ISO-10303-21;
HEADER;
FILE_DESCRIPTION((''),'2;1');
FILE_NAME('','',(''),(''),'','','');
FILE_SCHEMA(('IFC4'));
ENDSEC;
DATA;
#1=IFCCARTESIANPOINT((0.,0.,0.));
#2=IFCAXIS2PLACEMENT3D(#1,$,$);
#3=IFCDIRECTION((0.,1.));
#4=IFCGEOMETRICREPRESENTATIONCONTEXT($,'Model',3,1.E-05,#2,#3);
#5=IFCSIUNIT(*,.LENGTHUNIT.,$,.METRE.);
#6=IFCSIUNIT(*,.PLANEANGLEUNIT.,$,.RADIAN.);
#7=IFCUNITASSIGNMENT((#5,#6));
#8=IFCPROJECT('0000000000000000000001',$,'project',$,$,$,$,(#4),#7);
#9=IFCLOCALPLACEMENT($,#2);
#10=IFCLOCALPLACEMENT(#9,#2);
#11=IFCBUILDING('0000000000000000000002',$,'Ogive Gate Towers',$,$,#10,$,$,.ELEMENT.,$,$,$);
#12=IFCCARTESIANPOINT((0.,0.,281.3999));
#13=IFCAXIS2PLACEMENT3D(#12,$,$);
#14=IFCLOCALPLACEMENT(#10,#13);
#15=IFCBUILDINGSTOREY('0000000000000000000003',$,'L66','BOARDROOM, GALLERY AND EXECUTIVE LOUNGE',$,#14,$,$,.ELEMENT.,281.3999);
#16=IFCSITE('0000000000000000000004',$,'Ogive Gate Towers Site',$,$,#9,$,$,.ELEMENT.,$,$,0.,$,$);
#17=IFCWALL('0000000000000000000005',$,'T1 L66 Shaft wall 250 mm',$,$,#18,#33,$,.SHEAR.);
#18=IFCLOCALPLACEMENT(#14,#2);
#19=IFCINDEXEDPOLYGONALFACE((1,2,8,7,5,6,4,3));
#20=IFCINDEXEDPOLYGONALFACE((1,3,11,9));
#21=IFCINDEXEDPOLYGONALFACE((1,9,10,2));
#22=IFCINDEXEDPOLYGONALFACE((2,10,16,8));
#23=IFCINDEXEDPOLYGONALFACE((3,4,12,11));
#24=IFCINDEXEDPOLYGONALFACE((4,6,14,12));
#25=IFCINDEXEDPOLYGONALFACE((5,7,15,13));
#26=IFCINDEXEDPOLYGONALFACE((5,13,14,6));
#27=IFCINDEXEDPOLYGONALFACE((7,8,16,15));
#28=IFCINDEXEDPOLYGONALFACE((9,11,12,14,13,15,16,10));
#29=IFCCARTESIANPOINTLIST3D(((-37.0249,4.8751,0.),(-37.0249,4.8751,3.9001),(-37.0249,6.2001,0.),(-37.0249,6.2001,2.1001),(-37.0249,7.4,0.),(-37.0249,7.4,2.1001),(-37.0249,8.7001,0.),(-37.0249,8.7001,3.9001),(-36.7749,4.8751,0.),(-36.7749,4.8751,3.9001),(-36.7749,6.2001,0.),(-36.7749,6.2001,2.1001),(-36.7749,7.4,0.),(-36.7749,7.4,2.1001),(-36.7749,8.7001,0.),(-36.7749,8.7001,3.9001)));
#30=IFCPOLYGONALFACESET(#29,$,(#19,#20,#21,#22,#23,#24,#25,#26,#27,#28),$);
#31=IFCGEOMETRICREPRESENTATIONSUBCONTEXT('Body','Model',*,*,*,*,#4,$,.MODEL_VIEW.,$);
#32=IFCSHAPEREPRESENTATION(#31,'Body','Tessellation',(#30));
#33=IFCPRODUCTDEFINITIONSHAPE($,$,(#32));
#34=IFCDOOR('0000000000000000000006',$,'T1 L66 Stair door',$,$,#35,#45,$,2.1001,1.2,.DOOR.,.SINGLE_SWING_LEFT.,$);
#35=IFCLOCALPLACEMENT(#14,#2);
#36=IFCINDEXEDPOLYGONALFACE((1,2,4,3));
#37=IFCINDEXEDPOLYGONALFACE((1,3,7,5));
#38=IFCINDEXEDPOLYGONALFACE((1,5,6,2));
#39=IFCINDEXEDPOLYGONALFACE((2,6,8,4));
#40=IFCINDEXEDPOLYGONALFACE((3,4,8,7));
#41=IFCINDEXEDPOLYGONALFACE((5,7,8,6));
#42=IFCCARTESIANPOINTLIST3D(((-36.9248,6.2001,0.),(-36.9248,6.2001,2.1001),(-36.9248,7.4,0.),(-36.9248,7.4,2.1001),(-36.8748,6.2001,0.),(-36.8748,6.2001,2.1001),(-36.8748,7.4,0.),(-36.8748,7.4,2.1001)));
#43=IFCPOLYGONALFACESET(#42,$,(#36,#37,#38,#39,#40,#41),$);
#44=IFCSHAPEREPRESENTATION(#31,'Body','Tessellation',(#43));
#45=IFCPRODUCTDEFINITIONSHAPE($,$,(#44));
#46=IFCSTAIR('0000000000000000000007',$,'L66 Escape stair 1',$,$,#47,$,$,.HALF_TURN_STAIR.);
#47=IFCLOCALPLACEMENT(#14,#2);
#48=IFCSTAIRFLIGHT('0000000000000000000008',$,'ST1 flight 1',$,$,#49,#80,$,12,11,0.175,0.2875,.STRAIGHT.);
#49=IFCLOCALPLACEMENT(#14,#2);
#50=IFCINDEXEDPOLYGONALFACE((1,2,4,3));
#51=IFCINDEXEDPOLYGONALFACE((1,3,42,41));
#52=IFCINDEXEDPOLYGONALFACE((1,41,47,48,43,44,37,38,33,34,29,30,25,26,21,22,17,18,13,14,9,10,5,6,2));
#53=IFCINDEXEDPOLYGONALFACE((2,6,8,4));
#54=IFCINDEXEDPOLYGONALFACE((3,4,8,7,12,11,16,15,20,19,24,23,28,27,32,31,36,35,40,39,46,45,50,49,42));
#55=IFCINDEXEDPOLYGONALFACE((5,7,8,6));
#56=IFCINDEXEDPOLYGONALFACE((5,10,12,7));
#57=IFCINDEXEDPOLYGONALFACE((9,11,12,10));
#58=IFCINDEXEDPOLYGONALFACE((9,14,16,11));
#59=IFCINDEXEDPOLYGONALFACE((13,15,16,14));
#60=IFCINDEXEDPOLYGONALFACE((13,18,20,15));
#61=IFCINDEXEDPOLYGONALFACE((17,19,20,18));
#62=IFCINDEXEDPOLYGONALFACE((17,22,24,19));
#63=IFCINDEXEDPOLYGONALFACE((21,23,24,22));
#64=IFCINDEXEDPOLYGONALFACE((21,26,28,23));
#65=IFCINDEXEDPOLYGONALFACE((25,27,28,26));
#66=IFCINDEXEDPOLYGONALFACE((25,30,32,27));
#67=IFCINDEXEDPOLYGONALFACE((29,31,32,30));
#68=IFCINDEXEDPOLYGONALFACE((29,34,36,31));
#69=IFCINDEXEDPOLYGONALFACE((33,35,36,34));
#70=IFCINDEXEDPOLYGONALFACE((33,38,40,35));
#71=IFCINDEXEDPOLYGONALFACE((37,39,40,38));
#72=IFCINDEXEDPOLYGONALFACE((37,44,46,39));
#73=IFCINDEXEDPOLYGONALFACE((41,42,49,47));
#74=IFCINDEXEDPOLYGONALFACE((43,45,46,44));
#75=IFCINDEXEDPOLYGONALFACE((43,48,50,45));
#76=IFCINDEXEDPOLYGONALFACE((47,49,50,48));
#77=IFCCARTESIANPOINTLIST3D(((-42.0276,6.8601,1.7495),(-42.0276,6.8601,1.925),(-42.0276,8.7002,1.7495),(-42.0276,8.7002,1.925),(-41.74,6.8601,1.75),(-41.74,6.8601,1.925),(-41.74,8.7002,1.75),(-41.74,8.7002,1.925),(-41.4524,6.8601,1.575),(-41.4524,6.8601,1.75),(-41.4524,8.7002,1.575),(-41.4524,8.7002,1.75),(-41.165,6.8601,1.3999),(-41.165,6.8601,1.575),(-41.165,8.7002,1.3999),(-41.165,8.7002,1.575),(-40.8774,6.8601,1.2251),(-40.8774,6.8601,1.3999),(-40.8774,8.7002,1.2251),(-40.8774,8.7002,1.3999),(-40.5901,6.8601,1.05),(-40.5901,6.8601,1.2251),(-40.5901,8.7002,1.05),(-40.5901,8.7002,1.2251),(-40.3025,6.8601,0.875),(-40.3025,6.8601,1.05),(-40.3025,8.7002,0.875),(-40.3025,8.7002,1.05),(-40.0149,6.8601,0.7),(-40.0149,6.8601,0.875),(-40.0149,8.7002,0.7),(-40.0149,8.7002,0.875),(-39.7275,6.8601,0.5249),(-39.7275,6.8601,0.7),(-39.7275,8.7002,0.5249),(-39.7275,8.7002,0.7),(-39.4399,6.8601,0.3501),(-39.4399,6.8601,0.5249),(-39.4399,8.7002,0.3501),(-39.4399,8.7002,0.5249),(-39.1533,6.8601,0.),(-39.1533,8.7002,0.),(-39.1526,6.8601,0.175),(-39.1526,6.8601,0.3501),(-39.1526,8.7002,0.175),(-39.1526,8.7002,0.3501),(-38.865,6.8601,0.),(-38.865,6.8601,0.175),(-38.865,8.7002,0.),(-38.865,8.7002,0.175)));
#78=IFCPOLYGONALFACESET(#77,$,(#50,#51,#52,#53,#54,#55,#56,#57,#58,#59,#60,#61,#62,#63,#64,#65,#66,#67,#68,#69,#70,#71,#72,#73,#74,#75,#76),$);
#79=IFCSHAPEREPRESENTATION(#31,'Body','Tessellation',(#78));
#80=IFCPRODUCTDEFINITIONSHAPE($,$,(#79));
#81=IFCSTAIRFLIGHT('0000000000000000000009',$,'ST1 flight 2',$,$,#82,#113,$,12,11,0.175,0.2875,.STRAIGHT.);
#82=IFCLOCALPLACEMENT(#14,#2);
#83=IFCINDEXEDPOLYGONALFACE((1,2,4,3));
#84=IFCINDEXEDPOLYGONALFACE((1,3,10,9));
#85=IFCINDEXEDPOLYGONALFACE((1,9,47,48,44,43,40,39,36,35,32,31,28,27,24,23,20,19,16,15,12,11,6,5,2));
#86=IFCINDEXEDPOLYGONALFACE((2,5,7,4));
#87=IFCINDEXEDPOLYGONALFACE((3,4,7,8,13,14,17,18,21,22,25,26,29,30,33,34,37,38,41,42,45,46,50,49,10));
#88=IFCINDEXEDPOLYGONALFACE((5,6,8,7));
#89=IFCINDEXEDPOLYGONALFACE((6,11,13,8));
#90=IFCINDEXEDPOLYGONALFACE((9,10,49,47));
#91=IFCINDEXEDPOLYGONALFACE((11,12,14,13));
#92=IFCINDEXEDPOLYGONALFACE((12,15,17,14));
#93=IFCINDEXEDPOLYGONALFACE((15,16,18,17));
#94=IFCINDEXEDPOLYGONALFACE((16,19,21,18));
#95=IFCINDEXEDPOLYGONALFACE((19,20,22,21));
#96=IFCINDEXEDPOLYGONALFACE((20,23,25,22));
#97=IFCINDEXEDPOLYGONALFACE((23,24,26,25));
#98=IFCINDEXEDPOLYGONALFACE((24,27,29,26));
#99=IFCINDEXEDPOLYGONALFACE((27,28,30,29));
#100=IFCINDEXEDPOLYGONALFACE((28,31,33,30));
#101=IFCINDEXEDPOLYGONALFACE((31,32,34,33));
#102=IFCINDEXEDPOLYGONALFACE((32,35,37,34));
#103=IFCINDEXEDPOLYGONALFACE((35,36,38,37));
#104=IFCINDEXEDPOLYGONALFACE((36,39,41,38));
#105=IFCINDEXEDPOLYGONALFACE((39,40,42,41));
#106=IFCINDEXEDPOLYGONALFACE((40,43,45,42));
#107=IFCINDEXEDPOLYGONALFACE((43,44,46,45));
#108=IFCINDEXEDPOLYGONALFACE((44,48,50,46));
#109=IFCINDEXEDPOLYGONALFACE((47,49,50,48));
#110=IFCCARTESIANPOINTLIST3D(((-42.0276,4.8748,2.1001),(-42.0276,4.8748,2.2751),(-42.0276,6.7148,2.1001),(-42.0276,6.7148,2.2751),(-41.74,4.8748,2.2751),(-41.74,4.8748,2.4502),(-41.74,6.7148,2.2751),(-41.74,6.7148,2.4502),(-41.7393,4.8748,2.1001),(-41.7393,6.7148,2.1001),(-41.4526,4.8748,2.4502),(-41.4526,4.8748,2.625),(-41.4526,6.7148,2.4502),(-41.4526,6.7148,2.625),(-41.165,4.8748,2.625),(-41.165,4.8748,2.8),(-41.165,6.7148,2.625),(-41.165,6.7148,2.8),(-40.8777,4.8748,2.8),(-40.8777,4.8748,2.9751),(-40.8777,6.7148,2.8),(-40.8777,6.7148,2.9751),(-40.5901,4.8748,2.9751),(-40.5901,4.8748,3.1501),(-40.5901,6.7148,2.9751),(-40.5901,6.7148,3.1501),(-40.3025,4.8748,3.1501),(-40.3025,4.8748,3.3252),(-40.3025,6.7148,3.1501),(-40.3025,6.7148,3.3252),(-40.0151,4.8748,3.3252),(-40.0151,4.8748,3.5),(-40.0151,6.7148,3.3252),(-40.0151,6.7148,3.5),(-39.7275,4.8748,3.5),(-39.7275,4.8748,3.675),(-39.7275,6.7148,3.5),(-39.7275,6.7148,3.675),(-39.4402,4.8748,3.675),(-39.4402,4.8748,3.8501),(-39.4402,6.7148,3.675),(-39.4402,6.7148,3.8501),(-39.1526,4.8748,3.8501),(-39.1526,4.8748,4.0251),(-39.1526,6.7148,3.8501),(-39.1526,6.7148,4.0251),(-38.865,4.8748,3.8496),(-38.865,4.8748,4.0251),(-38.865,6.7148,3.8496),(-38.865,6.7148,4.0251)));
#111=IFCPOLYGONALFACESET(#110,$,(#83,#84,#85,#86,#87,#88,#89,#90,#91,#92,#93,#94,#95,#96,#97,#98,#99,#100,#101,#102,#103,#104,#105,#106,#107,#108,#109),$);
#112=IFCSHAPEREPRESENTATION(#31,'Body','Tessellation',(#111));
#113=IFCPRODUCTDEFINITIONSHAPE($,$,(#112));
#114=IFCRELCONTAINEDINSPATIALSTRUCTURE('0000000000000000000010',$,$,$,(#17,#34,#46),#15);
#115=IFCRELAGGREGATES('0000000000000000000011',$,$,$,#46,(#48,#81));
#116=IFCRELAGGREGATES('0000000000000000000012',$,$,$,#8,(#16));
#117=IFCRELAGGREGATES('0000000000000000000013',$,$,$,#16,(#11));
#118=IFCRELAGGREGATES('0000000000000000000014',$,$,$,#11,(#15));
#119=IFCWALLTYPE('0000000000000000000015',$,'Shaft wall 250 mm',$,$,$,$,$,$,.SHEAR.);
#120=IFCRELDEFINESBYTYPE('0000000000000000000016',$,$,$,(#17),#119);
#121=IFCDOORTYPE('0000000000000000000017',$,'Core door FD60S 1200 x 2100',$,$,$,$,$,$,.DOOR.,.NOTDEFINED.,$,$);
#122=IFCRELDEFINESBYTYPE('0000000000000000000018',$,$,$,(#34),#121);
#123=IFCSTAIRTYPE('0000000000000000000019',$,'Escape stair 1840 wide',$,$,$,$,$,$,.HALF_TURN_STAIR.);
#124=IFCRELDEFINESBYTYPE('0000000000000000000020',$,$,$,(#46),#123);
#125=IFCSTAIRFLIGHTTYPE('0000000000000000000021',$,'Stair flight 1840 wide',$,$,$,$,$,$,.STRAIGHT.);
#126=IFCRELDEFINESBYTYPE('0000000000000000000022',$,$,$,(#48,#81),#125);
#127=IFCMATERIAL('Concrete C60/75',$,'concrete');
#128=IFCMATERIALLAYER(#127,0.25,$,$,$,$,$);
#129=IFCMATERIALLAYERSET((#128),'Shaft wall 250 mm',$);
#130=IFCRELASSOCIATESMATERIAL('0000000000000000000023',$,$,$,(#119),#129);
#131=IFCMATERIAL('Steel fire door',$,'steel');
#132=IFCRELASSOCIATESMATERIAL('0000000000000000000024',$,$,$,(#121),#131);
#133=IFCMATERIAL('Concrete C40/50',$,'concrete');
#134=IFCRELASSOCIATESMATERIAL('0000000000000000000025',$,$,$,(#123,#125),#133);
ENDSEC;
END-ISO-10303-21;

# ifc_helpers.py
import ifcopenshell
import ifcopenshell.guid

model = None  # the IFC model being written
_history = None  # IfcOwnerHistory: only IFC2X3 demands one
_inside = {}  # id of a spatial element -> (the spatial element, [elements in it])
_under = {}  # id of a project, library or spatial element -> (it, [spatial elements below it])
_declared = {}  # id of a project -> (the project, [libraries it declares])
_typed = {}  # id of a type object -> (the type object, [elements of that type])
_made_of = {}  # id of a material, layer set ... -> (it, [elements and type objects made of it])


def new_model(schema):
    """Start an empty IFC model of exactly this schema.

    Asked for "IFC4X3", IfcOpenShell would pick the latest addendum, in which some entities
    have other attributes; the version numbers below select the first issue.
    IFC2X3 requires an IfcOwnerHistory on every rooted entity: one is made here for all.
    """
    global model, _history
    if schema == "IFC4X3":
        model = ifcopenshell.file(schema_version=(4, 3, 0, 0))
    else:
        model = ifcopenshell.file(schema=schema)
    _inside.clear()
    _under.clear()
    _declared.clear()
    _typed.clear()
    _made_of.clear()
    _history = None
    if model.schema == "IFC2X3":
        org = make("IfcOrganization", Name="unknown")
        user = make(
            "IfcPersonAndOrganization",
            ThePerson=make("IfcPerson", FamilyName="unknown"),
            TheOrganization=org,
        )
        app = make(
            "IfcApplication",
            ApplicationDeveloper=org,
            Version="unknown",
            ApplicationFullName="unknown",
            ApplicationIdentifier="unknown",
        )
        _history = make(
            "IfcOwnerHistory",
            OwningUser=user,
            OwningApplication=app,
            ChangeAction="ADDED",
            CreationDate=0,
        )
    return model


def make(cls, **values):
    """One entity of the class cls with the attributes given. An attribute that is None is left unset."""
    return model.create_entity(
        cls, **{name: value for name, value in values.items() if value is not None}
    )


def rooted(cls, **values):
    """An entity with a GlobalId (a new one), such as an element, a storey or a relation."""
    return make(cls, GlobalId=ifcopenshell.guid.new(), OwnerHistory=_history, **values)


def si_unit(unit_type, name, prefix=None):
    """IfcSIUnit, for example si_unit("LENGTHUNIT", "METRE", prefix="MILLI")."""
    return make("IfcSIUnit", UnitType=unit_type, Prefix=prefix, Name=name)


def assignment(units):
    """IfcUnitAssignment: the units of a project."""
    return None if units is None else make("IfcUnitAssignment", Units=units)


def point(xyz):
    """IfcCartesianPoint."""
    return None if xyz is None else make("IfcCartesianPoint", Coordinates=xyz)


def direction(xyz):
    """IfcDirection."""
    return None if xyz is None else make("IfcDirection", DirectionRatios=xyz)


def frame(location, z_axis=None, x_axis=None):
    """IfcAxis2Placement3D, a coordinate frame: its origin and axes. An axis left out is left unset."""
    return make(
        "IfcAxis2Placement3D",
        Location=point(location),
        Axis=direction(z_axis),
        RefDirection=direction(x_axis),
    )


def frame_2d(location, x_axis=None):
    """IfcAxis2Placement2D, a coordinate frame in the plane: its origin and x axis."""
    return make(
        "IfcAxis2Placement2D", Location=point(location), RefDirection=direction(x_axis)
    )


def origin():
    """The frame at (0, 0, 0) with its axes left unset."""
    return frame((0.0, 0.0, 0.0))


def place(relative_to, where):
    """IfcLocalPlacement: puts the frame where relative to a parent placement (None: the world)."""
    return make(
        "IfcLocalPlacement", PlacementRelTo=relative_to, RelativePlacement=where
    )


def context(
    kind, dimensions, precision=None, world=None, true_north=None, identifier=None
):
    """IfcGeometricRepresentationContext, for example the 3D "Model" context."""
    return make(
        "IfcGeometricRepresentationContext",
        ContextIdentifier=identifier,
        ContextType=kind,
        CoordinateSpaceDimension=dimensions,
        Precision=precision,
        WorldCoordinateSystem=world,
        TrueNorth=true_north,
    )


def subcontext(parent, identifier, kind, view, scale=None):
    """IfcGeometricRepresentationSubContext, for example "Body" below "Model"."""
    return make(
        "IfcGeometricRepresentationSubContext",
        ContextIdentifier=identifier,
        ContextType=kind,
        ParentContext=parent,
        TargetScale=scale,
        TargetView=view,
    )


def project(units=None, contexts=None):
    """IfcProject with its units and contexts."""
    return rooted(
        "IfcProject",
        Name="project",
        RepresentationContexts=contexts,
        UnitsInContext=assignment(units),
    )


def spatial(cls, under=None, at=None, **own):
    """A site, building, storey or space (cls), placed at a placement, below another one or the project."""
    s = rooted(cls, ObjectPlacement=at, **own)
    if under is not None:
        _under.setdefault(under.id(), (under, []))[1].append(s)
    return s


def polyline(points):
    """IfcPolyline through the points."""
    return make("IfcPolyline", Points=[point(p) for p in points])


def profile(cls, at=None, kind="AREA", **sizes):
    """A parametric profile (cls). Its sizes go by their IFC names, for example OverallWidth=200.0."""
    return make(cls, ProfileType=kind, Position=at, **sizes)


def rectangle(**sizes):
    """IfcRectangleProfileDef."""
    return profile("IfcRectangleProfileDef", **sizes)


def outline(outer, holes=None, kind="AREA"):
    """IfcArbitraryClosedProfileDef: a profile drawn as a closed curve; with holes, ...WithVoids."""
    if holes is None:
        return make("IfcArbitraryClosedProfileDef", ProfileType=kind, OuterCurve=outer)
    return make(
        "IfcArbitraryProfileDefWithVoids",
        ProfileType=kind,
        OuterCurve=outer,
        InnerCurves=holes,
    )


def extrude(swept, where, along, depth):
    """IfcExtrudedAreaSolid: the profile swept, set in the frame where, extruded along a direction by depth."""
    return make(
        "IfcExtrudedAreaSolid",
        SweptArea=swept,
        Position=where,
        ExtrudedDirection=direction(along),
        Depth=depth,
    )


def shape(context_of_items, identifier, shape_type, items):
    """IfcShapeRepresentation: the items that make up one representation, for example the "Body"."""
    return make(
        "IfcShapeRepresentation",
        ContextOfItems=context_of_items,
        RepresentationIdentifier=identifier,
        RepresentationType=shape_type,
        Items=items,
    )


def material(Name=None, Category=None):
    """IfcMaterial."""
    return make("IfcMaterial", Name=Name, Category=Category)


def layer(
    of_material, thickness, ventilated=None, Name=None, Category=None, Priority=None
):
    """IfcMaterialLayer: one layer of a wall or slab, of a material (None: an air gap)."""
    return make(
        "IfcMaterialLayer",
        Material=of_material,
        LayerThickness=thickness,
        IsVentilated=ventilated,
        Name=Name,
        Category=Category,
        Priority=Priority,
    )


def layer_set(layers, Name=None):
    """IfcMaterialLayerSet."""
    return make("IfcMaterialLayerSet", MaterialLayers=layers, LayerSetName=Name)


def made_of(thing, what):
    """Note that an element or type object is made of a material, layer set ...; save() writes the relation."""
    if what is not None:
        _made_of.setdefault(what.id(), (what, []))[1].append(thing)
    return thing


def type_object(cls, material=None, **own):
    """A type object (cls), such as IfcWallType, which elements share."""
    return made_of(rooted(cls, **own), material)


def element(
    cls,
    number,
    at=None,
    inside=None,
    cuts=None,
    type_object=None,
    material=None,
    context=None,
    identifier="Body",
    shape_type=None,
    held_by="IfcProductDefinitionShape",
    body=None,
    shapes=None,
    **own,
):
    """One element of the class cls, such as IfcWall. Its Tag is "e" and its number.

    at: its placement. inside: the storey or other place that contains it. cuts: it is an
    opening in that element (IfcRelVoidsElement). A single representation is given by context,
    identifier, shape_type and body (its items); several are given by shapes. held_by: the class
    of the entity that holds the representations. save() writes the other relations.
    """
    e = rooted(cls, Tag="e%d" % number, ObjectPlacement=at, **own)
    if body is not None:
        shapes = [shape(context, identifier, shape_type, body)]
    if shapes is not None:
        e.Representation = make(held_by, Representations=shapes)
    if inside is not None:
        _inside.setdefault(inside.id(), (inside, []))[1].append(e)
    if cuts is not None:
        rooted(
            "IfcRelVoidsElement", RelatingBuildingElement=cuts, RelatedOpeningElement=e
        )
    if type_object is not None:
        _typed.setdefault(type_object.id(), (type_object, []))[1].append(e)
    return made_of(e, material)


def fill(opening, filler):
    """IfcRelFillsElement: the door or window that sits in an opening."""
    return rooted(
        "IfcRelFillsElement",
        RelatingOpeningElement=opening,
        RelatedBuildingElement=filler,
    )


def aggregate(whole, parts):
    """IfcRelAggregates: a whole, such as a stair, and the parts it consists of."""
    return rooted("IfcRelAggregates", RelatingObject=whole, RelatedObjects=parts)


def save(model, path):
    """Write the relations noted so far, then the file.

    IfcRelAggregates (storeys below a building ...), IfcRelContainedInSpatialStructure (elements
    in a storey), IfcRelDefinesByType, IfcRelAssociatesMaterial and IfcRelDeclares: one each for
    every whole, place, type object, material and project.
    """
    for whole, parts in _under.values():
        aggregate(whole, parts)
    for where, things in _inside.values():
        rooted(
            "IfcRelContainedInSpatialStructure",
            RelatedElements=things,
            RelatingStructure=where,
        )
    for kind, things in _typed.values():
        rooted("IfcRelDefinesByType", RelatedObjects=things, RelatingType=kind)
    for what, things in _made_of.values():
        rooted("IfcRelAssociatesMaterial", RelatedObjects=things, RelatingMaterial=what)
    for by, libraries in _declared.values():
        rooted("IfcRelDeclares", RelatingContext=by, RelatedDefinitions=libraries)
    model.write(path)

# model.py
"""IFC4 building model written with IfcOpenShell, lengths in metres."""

from ifc_helpers import new_model, si_unit, direction, frame, frame_2d, origin, place, context, subcontext, project, spatial, polyline, rectangle, outline, extrude, material, layer, layer_set, type_object, element, fill, aggregate, save


model = new_model("IFC4")

# Units and contexts
model_context = context("Model", 3, precision=1e-05, world=origin(), true_north=direction((0.0, 1.0)))
body_context = subcontext(model_context, "Body", "Model", "MODEL_VIEW")
ifc_project = project(units=[si_unit("LENGTHUNIT", "METRE"), si_unit("PLANEANGLEUNIT", "RADIAN")], contexts=[model_context])

# Site, building, storey
site_placement = place(None, origin())
site = spatial("IfcSite", under=ifc_project, at=site_placement, Name="Ogive Gate Towers Site", CompositionType="ELEMENT", RefElevation=0.0)
building_placement = place(site_placement, origin())
building = spatial("IfcBuilding", under=site, at=building_placement, Name="Ogive Gate Towers", CompositionType="ELEMENT")
storey_placement = place(building_placement, frame((0.0, 0.0, 281.3999)))
storey = spatial("IfcBuildingStorey", under=building, at=storey_placement, Name="L66", Description="BOARDROOM, GALLERY AND EXECUTIVE LOUNGE", CompositionType="ELEMENT", Elevation=281.3999)

# Shared definitions
ifc_material_1 = material(Name="Concrete C60/75", Category="concrete")
ifc_layer_1 = layer(ifc_material_1, 0.25)
ifc_layer_set_1 = layer_set([ifc_layer_1], Name="Shaft wall 250 mm")
wall_type_1 = type_object("IfcWallType", Name="Shaft wall 250 mm", PredefinedType="SHEAR", material=ifc_layer_set_1)

# Wall, opening, door
wall_1_placement = place(storey_placement, frame((-36.8999, 4.875, 0.0), z_axis=(0.0, 0.0, 1.0), x_axis=(0.0, 1.0, 0.0)))
wall_1 = element("IfcWall", 1, at=wall_1_placement, inside=storey, type_object=wall_type_1, Name="T1 L66 Shaft wall 250 mm", PredefinedType="SHEAR", context=body_context, shape_type="SweptSolid", body=[
    extrude(rectangle(XDim=3.825, YDim=0.25, at=frame_2d((1.9126, 0.0))), origin(), (0.0, 0.0, 1.0), 3.9001),
])
opening_1_placement = place(wall_1_placement, frame((1.325, 0.0, 0.0)))
opening_1 = element("IfcOpeningElement", 2, at=opening_1_placement, cuts=wall_1, PredefinedType="OPENING", context=body_context, shape_type="SweptSolid", body=[
    extrude(rectangle(XDim=1.2, YDim=2.1001, at=frame_2d((0.6001, 1.05))), frame((0.0, 0.135, 0.0), z_axis=(0.0, -1.0, 0.0), x_axis=(1.0, 0.0, 0.0)), (0.0, 0.0, 1.0), 0.27),
])
ifc_material_2 = material(Name="Steel fire door", Category="steel")
door_type_1 = type_object("IfcDoorType", Name="Core door FD60S 1200 x 2100", OperationType="NOTDEFINED", PredefinedType="DOOR", material=ifc_material_2)
door_1_placement = place(opening_1_placement, origin())
door_1 = element("IfcDoor", 3, at=door_1_placement, inside=storey, type_object=door_type_1, Name="T1 L66 Stair door", OperationType="SINGLE_SWING_LEFT", OverallHeight=2.1001, OverallWidth=1.2, PredefinedType="DOOR", context=body_context, shape_type="SweptSolid", body=[
    extrude(rectangle(XDim=1.2, YDim=2.1001, at=frame_2d((0.6001, 1.05))), frame((0.0, 0.0249, 0.0), z_axis=(0.0, -1.0, 0.0), x_axis=(1.0, 0.0, 0.0)), (0.0, 0.0, 1.0), 0.05),
])
fill(opening_1, door_1)

# Stair, stair flights
ifc_material_3 = material(Name="Concrete C40/50", Category="concrete")
stair_type = type_object("IfcStairType", Name="Escape stair 1840 wide", PredefinedType="HALF_TURN_STAIR", material=ifc_material_3)
stair_placement = place(storey_placement, origin())
stair = element("IfcStair", 4, at=stair_placement, inside=storey, type_object=stair_type, Name="L66 Escape stair 1", PredefinedType="HALF_TURN_STAIR")
stair_flight_type = type_object("IfcStairFlightType", Name="Stair flight 1840 wide", PredefinedType="STRAIGHT", material=ifc_material_3)
stair_flight_1_placement = place(storey_placement, frame((-38.865, 7.78, 0.0), z_axis=(0.0, 0.0, 1.0), x_axis=(-1.0, 0.0, 0.0)))
stair_flight_1 = element("IfcStairFlight", 5, at=stair_flight_1_placement, type_object=stair_flight_type, Name="ST1 flight 1", NumberOfRisers=12, NumberOfTreads=11, PredefinedType="STRAIGHT", RiserHeight=0.175, TreadLength=0.2875, context=body_context, shape_type="SweptSolid", body=[
    extrude(outline(polyline([(0.0, 0.0), (0.0, 0.175), (0.2876, 0.175), (0.2876, 0.3501), (0.575, 0.3501), (0.575, 0.5249), (0.8625, 0.5249), (0.8625, 0.7), (1.1499, 0.7), (1.1499, 0.875), (1.4375, 0.875), (1.4375, 1.05), (1.7251, 1.05), (1.7251, 1.2251), (2.0125, 1.2251), (2.0125, 1.3999), (2.3, 1.3999), (2.3, 1.575), (2.5874, 1.575), (2.5874, 1.75), (2.875, 1.75), (2.875, 1.925), (3.1626, 1.925), (3.1626, 2.1001), (3.1626, 1.7495), (0.2883, 0.0), (0.0, 0.0)])), frame((0.0, 0.9199, 0.0), z_axis=(0.0, -1.0, 0.0), x_axis=(1.0, 0.0, 0.0)), (0.0, 0.0, 1.0), 1.8401),
])
stair_flight_2_placement = place(storey_placement, frame((-42.0276, 5.7949, 2.1001), z_axis=(0.0, 0.0, 1.0), x_axis=(1.0, 0.0, 0.0)))
stair_flight_2 = element("IfcStairFlight", 6, at=stair_flight_2_placement, type_object=stair_flight_type, Name="ST1 flight 2", NumberOfRisers=12, NumberOfTreads=11, PredefinedType="STRAIGHT", RiserHeight=0.175, TreadLength=0.2875, context=body_context, shape_type="SweptSolid", body=[
    extrude(outline(polyline([(0.0, 0.0), (0.0, 0.175), (0.2876, 0.175), (0.2876, 0.3501), (0.575, 0.3501), (0.575, 0.5249), (0.8625, 0.5249), (0.8625, 0.7), (1.1499, 0.7), (1.1499, 0.875), (1.4375, 0.875), (1.4375, 1.05), (1.7251, 1.05), (1.7251, 1.2251), (2.0125, 1.2251), (2.0125, 1.3999), (2.3, 1.3999), (2.3, 1.575), (2.5874, 1.575), (2.5874, 1.75), (2.875, 1.75), (2.875, 1.925), (3.1626, 1.925), (3.1626, 2.1001), (3.1626, 1.7495), (0.2883, 0.0), (0.0, 0.0)])), frame((0.0, 0.9199, 0.0), z_axis=(0.0, -1.0, 0.0), x_axis=(1.0, 0.0, 0.0)), (0.0, 0.0, 1.0), 1.8401),
])
aggregate(stair, [stair_flight_1, stair_flight_2])

save(model, "model.ifc")
